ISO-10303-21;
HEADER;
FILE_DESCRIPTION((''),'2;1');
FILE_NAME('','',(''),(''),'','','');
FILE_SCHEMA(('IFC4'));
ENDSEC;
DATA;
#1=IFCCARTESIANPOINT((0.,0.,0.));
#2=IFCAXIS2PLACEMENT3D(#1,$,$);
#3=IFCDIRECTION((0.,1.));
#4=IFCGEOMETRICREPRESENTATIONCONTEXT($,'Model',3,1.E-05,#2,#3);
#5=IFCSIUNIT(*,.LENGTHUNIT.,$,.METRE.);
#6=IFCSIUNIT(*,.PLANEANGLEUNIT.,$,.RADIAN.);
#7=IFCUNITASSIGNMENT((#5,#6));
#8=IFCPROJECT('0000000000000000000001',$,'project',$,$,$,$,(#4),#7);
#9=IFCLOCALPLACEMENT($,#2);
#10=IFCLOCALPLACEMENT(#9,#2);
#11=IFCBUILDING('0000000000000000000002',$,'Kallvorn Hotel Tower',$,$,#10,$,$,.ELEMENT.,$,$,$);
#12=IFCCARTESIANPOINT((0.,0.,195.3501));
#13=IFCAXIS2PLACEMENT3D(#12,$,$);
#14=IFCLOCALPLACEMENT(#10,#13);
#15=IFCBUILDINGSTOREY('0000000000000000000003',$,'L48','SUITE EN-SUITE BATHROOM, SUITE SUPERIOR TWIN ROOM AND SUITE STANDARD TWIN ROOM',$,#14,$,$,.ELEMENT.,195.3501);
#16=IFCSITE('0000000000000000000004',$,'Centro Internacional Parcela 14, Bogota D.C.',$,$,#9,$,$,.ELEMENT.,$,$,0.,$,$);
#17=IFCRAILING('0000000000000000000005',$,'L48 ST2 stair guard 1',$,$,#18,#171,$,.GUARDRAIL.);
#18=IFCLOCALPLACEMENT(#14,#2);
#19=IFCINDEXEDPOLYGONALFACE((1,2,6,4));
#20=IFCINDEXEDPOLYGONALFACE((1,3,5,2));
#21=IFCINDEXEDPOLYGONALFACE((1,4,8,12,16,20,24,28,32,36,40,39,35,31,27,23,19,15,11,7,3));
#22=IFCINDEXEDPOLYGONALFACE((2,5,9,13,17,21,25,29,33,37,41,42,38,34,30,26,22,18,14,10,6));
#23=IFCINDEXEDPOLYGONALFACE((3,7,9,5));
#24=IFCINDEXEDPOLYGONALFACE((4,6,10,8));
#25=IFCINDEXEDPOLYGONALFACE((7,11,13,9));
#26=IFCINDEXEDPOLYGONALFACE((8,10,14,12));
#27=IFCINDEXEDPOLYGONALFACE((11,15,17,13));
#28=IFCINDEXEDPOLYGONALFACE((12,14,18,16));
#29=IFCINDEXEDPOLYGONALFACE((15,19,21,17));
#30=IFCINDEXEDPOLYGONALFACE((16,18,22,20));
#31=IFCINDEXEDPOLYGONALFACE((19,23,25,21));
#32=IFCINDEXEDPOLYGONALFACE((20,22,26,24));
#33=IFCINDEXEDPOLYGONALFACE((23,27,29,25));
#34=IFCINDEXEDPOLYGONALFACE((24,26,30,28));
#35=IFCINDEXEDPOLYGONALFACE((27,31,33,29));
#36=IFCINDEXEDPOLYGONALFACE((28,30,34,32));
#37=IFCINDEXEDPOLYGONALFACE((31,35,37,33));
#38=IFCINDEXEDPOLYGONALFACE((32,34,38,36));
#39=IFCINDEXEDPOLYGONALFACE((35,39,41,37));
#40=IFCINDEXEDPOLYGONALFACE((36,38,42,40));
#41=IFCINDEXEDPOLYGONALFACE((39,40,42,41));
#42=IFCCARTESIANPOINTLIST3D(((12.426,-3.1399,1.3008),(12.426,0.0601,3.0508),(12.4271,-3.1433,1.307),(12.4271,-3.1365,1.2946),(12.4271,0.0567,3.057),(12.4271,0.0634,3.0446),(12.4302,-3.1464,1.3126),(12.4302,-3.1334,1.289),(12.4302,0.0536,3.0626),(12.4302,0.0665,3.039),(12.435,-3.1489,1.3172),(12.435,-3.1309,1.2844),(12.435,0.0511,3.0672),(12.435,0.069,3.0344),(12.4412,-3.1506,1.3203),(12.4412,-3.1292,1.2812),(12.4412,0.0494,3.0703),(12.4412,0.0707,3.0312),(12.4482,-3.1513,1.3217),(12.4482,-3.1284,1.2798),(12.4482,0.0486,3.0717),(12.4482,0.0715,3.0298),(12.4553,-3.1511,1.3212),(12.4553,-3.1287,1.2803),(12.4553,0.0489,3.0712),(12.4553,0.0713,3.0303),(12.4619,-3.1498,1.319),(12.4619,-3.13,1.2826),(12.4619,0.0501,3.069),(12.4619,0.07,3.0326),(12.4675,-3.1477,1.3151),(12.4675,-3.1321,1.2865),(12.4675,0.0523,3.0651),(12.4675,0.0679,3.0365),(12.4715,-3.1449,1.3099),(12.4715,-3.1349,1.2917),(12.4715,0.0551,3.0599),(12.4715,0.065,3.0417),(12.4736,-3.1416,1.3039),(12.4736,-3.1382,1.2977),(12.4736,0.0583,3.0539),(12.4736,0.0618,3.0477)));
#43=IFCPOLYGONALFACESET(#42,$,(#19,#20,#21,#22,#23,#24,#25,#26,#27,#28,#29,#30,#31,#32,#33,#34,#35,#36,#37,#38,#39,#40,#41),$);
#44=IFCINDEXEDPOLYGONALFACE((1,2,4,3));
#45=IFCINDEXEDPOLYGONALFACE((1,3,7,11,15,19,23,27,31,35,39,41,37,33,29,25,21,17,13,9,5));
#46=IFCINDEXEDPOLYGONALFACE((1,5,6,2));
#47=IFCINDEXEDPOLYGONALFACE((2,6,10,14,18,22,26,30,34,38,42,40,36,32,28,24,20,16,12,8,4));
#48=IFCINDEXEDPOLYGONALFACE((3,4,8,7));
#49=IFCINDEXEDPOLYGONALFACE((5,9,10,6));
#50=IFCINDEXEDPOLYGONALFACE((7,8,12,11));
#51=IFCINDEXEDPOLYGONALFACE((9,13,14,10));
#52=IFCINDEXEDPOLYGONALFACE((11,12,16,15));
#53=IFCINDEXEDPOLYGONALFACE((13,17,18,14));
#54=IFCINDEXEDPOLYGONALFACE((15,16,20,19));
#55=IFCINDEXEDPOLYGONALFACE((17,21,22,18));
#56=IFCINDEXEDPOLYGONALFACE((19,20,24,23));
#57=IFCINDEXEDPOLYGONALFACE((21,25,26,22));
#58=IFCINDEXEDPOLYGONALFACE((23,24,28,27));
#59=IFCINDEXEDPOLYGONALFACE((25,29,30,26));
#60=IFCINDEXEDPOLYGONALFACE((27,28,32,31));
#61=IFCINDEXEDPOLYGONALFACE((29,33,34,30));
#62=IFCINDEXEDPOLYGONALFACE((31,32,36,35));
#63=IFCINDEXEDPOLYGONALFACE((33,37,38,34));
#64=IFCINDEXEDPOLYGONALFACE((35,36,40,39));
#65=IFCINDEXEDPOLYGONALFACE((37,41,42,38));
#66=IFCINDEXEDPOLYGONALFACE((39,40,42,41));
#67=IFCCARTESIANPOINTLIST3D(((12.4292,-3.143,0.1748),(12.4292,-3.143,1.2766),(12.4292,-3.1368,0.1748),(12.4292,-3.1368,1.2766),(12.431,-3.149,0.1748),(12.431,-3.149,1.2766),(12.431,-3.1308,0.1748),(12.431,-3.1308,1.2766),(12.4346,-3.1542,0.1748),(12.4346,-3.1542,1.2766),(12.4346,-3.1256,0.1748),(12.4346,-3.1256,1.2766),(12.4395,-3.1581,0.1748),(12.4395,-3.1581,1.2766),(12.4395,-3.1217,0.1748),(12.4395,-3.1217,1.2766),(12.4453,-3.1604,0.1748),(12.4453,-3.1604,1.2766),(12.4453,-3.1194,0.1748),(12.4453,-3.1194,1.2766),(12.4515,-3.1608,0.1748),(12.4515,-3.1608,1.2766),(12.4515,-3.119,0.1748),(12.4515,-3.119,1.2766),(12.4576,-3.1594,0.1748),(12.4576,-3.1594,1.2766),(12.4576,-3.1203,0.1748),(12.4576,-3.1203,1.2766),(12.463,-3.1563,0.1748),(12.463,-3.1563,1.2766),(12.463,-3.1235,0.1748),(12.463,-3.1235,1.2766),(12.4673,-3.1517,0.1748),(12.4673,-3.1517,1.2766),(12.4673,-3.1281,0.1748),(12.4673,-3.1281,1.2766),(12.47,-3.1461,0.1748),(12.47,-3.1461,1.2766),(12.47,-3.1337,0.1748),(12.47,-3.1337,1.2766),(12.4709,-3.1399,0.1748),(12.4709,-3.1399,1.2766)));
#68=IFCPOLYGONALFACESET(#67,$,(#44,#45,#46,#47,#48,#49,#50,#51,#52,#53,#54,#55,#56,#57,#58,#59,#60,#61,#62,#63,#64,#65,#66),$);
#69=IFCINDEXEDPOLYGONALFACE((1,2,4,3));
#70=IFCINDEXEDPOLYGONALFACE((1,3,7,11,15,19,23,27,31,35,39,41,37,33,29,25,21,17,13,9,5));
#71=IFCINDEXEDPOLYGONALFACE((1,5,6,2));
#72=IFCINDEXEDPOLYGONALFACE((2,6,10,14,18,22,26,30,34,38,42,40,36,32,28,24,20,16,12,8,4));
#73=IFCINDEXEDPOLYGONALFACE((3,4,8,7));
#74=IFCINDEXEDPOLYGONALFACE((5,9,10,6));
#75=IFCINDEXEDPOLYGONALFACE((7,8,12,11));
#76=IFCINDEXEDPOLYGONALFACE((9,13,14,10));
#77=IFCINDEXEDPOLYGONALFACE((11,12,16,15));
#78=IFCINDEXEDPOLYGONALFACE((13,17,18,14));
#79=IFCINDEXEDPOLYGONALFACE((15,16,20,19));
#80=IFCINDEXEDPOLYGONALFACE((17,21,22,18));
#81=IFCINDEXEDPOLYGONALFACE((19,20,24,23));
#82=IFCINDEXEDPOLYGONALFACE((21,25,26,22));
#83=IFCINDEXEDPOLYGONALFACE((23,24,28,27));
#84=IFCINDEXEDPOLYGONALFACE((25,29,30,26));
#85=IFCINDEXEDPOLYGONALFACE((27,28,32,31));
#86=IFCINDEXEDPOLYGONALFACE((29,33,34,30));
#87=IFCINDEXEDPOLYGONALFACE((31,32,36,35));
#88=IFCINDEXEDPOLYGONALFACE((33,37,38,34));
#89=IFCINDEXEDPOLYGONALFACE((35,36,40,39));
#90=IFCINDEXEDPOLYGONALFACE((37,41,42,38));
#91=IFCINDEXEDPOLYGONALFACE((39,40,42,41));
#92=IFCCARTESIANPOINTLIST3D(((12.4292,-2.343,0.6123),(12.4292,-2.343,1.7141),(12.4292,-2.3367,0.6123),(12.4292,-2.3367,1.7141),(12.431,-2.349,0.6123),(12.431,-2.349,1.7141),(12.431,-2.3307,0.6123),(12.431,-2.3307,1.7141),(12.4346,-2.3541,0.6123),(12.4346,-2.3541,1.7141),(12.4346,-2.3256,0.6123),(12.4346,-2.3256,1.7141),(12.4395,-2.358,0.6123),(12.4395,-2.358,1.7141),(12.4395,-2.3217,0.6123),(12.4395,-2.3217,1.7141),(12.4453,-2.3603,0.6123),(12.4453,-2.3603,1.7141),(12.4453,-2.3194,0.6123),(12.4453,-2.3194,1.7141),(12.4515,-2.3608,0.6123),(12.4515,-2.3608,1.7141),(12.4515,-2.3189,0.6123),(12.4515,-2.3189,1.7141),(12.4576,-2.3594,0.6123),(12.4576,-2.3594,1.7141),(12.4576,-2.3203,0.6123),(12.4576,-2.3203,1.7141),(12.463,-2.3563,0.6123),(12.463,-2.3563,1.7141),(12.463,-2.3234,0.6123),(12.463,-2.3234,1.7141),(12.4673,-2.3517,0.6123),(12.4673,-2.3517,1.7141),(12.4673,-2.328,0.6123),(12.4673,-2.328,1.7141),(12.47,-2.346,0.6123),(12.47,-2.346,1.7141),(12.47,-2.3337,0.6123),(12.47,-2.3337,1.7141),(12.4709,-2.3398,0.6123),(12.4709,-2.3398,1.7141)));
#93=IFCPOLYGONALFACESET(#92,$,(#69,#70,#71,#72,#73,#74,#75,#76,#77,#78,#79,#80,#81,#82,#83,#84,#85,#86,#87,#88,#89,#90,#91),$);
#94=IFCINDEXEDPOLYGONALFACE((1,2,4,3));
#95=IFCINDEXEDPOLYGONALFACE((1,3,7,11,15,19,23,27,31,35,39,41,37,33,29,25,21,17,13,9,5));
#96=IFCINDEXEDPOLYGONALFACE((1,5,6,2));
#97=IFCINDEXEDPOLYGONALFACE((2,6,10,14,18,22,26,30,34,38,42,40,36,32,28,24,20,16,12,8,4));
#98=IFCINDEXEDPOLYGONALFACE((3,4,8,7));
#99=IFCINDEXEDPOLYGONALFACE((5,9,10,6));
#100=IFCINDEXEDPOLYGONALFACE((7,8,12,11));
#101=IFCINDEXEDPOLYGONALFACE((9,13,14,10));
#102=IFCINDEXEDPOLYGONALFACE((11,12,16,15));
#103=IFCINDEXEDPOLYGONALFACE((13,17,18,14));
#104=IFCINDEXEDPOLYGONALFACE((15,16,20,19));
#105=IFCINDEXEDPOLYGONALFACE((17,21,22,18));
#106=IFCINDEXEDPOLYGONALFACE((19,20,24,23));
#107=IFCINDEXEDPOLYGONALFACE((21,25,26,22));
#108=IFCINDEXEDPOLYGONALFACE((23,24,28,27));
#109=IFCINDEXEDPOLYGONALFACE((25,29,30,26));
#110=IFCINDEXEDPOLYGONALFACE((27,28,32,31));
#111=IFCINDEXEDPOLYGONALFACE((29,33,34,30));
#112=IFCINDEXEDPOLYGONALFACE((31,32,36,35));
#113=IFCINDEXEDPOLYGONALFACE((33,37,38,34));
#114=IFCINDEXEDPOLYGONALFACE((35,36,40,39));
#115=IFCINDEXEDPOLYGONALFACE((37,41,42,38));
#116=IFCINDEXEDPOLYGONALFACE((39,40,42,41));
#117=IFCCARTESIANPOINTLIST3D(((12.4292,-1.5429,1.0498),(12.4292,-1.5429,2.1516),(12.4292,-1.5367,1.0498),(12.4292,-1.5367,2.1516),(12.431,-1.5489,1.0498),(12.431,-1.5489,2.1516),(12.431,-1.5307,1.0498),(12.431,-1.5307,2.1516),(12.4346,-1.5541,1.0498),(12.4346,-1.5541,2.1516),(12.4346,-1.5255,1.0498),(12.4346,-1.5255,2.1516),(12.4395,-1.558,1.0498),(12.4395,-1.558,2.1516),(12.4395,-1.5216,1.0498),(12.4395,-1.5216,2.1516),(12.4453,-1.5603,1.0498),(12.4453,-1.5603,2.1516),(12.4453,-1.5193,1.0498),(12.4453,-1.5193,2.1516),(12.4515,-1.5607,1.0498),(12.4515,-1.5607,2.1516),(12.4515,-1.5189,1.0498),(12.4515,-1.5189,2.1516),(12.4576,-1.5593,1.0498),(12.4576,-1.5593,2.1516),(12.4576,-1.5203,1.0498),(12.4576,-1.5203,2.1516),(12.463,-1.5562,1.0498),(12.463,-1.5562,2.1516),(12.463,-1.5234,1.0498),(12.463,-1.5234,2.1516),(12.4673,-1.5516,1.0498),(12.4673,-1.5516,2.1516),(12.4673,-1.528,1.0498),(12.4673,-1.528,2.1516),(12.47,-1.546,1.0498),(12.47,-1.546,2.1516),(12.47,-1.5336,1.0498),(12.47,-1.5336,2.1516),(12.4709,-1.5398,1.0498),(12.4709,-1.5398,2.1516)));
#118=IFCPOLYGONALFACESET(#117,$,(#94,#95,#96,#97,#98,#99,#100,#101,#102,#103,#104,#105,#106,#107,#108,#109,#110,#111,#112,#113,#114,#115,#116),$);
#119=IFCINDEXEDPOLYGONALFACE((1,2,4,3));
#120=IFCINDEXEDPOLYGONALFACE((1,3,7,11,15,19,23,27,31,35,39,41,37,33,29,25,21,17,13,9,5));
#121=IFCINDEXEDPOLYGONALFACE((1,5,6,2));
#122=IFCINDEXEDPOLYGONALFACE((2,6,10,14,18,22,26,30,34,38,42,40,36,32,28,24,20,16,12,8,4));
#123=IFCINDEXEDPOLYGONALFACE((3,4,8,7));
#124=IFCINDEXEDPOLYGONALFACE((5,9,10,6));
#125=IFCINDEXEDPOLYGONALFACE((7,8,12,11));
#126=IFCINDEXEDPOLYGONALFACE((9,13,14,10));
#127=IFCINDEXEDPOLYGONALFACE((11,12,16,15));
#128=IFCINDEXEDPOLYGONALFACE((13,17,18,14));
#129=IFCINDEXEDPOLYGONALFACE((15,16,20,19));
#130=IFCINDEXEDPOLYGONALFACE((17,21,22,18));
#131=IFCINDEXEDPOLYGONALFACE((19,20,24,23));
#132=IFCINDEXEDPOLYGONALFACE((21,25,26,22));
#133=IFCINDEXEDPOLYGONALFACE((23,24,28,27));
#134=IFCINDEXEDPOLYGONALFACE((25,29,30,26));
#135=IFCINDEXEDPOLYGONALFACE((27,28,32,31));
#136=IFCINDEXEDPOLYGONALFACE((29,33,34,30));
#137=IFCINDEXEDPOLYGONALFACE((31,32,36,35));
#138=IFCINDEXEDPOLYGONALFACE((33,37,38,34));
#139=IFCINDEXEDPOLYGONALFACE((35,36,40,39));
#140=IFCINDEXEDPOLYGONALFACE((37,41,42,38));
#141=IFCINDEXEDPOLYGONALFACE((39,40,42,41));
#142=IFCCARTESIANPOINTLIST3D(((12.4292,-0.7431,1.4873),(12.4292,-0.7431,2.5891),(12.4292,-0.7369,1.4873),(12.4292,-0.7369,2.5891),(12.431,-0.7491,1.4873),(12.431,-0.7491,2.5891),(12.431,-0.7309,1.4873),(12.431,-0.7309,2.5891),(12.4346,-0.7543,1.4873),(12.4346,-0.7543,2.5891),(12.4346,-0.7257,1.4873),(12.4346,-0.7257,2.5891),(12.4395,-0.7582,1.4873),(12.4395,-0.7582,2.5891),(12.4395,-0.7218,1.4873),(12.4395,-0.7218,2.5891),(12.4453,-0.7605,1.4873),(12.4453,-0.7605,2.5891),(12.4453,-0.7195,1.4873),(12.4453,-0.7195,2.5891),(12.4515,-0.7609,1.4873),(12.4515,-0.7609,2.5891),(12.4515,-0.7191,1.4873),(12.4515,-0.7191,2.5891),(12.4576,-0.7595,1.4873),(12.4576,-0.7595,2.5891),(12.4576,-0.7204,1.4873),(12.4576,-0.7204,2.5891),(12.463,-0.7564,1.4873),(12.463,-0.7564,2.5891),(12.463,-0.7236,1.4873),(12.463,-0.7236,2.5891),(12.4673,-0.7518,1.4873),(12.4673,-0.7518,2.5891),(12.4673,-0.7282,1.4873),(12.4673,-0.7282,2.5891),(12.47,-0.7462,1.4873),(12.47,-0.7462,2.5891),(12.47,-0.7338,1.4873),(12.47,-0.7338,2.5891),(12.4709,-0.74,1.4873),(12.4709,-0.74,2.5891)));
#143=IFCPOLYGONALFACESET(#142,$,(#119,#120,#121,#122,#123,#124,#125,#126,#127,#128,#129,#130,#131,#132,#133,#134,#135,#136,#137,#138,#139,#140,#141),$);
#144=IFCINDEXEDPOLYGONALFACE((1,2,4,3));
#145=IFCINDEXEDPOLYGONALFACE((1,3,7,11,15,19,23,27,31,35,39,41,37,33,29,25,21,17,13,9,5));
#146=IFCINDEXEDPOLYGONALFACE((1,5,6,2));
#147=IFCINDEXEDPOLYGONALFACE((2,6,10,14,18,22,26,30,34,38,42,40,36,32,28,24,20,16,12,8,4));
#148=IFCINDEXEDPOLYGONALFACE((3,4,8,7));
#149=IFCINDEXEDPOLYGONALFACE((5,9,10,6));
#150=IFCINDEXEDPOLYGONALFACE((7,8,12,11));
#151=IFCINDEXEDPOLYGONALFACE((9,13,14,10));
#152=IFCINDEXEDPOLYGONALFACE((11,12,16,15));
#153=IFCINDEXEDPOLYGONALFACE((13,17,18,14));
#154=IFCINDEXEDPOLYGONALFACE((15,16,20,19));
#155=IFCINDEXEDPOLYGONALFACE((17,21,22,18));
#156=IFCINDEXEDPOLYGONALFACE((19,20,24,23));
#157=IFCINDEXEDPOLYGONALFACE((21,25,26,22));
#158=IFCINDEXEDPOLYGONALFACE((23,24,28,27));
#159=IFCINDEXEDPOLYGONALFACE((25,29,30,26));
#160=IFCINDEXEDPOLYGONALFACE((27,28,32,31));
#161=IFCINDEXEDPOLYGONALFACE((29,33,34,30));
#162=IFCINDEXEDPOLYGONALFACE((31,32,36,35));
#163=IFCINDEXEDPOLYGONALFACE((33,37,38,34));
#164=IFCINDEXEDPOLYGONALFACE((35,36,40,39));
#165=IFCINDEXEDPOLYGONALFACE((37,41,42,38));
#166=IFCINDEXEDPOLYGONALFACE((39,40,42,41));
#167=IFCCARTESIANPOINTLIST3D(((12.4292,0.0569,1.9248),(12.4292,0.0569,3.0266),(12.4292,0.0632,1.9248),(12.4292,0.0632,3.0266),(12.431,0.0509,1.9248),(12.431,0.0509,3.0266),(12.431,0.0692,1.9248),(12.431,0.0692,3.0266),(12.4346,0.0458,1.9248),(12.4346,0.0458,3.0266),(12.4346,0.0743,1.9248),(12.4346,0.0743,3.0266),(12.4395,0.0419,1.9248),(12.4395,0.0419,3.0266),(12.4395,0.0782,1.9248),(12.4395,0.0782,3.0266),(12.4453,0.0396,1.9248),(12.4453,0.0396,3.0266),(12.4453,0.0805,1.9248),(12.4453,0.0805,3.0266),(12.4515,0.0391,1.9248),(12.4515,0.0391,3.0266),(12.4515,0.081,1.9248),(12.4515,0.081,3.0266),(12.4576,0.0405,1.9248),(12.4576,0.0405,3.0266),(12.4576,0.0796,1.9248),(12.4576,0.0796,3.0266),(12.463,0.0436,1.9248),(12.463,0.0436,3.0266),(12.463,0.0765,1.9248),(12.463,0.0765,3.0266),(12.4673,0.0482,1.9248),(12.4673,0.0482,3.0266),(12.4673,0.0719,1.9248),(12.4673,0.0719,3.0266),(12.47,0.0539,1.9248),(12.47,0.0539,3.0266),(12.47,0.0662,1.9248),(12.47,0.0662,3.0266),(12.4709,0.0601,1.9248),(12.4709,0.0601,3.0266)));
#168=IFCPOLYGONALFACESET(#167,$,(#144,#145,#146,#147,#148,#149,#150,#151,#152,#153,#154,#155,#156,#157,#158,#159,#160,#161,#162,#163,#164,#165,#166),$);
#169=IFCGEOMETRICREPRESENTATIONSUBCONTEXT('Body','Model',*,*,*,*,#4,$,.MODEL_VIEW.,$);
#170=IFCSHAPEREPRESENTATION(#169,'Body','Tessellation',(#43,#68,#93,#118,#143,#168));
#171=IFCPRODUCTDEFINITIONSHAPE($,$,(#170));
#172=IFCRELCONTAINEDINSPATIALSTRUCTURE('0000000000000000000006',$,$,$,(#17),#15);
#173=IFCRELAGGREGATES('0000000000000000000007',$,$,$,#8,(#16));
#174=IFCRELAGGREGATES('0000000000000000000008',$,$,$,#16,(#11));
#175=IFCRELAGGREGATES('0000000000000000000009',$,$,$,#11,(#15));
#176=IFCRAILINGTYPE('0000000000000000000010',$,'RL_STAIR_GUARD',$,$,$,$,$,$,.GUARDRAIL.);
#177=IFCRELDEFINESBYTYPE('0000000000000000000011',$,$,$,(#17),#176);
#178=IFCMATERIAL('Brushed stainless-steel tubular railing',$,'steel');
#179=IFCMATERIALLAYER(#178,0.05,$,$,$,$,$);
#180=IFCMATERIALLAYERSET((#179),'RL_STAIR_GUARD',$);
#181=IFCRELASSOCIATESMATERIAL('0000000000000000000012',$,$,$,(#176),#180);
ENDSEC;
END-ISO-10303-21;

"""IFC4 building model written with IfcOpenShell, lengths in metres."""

from ifc_helpers import new_model, si_unit, direction, frame, origin, origin_2d, place, context, subcontext, project, spatial, circle, extrude, material, layer, layer_set, type_object, element, save


model = new_model("IFC4")

# Units and contexts
model_context = context("Model", 3, precision=1e-05, world=origin(), true_north=direction((0.0, 1.0)))
body_context = subcontext(model_context, "Body", "Model", "MODEL_VIEW")
ifc_project = project(units=[si_unit("LENGTHUNIT", "METRE"), si_unit("PLANEANGLEUNIT", "RADIAN")], contexts=[model_context])

# Site, building, storey
site_placement = place(None, origin())
site = spatial("IfcSite", under=ifc_project, at=site_placement, Name="Centro Internacional Parcela 14, Bogota D.C.", CompositionType="ELEMENT", RefElevation=0.0)
building_placement = place(site_placement, origin())
building = spatial("IfcBuilding", under=site, at=building_placement, Name="Kallvorn Hotel Tower", CompositionType="ELEMENT")
storey_placement = place(building_placement, frame((0.0, 0.0, 195.3501)))
storey = spatial("IfcBuildingStorey", under=building, at=storey_placement, Name="L48", Description="SUITE EN-SUITE BATHROOM, SUITE SUPERIOR TWIN ROOM AND SUITE STANDARD TWIN ROOM", CompositionType="ELEMENT", Elevation=195.3501)

# Railing
ifc_material_1 = material(Name="Brushed stainless-steel tubular railing", Category="steel")
ifc_layer_1 = layer(ifc_material_1, 0.05)
ifc_layer_set_1 = layer_set([ifc_layer_1], Name="RL_STAIR_GUARD")
railing_type_1 = type_object("IfcRailingType", Name="RL_STAIR_GUARD", PredefinedType="GUARDRAIL", material=ifc_layer_set_1)
railing_1_placement = place(storey_placement, frame((12.45, -3.1399, 0.1748)))
element("IfcRailing", 1, at=railing_1_placement, inside=storey, type_object=railing_type_1, Name="L48 ST2 stair guard 1", PredefinedType="GUARDRAIL", context=body_context, shape_type="SweptSolid", body=[
    extrude(circle(Radius=0.0239, at=origin_2d()), frame((0.0, 0.0, 1.126), z_axis=(0.0, 0.877368, 0.479818), x_axis=(-1.0, 0.0, 0.0)), (0.0, 0.0, 1.0), 3.6472),
    extrude(circle(Radius=0.021, at=origin_2d()), origin(), (0.0, 0.0, 1.0), 1.1018),
    extrude(circle(Radius=0.021, at=origin_2d()), frame((0.0, 0.8, 0.4375)), (0.0, 0.0, 1.0), 1.1018),
    extrude(circle(Radius=0.021, at=origin_2d()), frame((0.0, 1.6001, 0.875)), (0.0, 0.0, 1.0), 1.1018),
    extrude(circle(Radius=0.021, at=origin_2d()), frame((0.0, 2.3999, 1.3125)), (0.0, 0.0, 1.0), 1.1018),
    extrude(circle(Radius=0.021, at=origin_2d()), frame((0.0, 3.2, 1.75)), (0.0, 0.0, 1.0), 1.1018),
])

save(model, "model.ifc")
